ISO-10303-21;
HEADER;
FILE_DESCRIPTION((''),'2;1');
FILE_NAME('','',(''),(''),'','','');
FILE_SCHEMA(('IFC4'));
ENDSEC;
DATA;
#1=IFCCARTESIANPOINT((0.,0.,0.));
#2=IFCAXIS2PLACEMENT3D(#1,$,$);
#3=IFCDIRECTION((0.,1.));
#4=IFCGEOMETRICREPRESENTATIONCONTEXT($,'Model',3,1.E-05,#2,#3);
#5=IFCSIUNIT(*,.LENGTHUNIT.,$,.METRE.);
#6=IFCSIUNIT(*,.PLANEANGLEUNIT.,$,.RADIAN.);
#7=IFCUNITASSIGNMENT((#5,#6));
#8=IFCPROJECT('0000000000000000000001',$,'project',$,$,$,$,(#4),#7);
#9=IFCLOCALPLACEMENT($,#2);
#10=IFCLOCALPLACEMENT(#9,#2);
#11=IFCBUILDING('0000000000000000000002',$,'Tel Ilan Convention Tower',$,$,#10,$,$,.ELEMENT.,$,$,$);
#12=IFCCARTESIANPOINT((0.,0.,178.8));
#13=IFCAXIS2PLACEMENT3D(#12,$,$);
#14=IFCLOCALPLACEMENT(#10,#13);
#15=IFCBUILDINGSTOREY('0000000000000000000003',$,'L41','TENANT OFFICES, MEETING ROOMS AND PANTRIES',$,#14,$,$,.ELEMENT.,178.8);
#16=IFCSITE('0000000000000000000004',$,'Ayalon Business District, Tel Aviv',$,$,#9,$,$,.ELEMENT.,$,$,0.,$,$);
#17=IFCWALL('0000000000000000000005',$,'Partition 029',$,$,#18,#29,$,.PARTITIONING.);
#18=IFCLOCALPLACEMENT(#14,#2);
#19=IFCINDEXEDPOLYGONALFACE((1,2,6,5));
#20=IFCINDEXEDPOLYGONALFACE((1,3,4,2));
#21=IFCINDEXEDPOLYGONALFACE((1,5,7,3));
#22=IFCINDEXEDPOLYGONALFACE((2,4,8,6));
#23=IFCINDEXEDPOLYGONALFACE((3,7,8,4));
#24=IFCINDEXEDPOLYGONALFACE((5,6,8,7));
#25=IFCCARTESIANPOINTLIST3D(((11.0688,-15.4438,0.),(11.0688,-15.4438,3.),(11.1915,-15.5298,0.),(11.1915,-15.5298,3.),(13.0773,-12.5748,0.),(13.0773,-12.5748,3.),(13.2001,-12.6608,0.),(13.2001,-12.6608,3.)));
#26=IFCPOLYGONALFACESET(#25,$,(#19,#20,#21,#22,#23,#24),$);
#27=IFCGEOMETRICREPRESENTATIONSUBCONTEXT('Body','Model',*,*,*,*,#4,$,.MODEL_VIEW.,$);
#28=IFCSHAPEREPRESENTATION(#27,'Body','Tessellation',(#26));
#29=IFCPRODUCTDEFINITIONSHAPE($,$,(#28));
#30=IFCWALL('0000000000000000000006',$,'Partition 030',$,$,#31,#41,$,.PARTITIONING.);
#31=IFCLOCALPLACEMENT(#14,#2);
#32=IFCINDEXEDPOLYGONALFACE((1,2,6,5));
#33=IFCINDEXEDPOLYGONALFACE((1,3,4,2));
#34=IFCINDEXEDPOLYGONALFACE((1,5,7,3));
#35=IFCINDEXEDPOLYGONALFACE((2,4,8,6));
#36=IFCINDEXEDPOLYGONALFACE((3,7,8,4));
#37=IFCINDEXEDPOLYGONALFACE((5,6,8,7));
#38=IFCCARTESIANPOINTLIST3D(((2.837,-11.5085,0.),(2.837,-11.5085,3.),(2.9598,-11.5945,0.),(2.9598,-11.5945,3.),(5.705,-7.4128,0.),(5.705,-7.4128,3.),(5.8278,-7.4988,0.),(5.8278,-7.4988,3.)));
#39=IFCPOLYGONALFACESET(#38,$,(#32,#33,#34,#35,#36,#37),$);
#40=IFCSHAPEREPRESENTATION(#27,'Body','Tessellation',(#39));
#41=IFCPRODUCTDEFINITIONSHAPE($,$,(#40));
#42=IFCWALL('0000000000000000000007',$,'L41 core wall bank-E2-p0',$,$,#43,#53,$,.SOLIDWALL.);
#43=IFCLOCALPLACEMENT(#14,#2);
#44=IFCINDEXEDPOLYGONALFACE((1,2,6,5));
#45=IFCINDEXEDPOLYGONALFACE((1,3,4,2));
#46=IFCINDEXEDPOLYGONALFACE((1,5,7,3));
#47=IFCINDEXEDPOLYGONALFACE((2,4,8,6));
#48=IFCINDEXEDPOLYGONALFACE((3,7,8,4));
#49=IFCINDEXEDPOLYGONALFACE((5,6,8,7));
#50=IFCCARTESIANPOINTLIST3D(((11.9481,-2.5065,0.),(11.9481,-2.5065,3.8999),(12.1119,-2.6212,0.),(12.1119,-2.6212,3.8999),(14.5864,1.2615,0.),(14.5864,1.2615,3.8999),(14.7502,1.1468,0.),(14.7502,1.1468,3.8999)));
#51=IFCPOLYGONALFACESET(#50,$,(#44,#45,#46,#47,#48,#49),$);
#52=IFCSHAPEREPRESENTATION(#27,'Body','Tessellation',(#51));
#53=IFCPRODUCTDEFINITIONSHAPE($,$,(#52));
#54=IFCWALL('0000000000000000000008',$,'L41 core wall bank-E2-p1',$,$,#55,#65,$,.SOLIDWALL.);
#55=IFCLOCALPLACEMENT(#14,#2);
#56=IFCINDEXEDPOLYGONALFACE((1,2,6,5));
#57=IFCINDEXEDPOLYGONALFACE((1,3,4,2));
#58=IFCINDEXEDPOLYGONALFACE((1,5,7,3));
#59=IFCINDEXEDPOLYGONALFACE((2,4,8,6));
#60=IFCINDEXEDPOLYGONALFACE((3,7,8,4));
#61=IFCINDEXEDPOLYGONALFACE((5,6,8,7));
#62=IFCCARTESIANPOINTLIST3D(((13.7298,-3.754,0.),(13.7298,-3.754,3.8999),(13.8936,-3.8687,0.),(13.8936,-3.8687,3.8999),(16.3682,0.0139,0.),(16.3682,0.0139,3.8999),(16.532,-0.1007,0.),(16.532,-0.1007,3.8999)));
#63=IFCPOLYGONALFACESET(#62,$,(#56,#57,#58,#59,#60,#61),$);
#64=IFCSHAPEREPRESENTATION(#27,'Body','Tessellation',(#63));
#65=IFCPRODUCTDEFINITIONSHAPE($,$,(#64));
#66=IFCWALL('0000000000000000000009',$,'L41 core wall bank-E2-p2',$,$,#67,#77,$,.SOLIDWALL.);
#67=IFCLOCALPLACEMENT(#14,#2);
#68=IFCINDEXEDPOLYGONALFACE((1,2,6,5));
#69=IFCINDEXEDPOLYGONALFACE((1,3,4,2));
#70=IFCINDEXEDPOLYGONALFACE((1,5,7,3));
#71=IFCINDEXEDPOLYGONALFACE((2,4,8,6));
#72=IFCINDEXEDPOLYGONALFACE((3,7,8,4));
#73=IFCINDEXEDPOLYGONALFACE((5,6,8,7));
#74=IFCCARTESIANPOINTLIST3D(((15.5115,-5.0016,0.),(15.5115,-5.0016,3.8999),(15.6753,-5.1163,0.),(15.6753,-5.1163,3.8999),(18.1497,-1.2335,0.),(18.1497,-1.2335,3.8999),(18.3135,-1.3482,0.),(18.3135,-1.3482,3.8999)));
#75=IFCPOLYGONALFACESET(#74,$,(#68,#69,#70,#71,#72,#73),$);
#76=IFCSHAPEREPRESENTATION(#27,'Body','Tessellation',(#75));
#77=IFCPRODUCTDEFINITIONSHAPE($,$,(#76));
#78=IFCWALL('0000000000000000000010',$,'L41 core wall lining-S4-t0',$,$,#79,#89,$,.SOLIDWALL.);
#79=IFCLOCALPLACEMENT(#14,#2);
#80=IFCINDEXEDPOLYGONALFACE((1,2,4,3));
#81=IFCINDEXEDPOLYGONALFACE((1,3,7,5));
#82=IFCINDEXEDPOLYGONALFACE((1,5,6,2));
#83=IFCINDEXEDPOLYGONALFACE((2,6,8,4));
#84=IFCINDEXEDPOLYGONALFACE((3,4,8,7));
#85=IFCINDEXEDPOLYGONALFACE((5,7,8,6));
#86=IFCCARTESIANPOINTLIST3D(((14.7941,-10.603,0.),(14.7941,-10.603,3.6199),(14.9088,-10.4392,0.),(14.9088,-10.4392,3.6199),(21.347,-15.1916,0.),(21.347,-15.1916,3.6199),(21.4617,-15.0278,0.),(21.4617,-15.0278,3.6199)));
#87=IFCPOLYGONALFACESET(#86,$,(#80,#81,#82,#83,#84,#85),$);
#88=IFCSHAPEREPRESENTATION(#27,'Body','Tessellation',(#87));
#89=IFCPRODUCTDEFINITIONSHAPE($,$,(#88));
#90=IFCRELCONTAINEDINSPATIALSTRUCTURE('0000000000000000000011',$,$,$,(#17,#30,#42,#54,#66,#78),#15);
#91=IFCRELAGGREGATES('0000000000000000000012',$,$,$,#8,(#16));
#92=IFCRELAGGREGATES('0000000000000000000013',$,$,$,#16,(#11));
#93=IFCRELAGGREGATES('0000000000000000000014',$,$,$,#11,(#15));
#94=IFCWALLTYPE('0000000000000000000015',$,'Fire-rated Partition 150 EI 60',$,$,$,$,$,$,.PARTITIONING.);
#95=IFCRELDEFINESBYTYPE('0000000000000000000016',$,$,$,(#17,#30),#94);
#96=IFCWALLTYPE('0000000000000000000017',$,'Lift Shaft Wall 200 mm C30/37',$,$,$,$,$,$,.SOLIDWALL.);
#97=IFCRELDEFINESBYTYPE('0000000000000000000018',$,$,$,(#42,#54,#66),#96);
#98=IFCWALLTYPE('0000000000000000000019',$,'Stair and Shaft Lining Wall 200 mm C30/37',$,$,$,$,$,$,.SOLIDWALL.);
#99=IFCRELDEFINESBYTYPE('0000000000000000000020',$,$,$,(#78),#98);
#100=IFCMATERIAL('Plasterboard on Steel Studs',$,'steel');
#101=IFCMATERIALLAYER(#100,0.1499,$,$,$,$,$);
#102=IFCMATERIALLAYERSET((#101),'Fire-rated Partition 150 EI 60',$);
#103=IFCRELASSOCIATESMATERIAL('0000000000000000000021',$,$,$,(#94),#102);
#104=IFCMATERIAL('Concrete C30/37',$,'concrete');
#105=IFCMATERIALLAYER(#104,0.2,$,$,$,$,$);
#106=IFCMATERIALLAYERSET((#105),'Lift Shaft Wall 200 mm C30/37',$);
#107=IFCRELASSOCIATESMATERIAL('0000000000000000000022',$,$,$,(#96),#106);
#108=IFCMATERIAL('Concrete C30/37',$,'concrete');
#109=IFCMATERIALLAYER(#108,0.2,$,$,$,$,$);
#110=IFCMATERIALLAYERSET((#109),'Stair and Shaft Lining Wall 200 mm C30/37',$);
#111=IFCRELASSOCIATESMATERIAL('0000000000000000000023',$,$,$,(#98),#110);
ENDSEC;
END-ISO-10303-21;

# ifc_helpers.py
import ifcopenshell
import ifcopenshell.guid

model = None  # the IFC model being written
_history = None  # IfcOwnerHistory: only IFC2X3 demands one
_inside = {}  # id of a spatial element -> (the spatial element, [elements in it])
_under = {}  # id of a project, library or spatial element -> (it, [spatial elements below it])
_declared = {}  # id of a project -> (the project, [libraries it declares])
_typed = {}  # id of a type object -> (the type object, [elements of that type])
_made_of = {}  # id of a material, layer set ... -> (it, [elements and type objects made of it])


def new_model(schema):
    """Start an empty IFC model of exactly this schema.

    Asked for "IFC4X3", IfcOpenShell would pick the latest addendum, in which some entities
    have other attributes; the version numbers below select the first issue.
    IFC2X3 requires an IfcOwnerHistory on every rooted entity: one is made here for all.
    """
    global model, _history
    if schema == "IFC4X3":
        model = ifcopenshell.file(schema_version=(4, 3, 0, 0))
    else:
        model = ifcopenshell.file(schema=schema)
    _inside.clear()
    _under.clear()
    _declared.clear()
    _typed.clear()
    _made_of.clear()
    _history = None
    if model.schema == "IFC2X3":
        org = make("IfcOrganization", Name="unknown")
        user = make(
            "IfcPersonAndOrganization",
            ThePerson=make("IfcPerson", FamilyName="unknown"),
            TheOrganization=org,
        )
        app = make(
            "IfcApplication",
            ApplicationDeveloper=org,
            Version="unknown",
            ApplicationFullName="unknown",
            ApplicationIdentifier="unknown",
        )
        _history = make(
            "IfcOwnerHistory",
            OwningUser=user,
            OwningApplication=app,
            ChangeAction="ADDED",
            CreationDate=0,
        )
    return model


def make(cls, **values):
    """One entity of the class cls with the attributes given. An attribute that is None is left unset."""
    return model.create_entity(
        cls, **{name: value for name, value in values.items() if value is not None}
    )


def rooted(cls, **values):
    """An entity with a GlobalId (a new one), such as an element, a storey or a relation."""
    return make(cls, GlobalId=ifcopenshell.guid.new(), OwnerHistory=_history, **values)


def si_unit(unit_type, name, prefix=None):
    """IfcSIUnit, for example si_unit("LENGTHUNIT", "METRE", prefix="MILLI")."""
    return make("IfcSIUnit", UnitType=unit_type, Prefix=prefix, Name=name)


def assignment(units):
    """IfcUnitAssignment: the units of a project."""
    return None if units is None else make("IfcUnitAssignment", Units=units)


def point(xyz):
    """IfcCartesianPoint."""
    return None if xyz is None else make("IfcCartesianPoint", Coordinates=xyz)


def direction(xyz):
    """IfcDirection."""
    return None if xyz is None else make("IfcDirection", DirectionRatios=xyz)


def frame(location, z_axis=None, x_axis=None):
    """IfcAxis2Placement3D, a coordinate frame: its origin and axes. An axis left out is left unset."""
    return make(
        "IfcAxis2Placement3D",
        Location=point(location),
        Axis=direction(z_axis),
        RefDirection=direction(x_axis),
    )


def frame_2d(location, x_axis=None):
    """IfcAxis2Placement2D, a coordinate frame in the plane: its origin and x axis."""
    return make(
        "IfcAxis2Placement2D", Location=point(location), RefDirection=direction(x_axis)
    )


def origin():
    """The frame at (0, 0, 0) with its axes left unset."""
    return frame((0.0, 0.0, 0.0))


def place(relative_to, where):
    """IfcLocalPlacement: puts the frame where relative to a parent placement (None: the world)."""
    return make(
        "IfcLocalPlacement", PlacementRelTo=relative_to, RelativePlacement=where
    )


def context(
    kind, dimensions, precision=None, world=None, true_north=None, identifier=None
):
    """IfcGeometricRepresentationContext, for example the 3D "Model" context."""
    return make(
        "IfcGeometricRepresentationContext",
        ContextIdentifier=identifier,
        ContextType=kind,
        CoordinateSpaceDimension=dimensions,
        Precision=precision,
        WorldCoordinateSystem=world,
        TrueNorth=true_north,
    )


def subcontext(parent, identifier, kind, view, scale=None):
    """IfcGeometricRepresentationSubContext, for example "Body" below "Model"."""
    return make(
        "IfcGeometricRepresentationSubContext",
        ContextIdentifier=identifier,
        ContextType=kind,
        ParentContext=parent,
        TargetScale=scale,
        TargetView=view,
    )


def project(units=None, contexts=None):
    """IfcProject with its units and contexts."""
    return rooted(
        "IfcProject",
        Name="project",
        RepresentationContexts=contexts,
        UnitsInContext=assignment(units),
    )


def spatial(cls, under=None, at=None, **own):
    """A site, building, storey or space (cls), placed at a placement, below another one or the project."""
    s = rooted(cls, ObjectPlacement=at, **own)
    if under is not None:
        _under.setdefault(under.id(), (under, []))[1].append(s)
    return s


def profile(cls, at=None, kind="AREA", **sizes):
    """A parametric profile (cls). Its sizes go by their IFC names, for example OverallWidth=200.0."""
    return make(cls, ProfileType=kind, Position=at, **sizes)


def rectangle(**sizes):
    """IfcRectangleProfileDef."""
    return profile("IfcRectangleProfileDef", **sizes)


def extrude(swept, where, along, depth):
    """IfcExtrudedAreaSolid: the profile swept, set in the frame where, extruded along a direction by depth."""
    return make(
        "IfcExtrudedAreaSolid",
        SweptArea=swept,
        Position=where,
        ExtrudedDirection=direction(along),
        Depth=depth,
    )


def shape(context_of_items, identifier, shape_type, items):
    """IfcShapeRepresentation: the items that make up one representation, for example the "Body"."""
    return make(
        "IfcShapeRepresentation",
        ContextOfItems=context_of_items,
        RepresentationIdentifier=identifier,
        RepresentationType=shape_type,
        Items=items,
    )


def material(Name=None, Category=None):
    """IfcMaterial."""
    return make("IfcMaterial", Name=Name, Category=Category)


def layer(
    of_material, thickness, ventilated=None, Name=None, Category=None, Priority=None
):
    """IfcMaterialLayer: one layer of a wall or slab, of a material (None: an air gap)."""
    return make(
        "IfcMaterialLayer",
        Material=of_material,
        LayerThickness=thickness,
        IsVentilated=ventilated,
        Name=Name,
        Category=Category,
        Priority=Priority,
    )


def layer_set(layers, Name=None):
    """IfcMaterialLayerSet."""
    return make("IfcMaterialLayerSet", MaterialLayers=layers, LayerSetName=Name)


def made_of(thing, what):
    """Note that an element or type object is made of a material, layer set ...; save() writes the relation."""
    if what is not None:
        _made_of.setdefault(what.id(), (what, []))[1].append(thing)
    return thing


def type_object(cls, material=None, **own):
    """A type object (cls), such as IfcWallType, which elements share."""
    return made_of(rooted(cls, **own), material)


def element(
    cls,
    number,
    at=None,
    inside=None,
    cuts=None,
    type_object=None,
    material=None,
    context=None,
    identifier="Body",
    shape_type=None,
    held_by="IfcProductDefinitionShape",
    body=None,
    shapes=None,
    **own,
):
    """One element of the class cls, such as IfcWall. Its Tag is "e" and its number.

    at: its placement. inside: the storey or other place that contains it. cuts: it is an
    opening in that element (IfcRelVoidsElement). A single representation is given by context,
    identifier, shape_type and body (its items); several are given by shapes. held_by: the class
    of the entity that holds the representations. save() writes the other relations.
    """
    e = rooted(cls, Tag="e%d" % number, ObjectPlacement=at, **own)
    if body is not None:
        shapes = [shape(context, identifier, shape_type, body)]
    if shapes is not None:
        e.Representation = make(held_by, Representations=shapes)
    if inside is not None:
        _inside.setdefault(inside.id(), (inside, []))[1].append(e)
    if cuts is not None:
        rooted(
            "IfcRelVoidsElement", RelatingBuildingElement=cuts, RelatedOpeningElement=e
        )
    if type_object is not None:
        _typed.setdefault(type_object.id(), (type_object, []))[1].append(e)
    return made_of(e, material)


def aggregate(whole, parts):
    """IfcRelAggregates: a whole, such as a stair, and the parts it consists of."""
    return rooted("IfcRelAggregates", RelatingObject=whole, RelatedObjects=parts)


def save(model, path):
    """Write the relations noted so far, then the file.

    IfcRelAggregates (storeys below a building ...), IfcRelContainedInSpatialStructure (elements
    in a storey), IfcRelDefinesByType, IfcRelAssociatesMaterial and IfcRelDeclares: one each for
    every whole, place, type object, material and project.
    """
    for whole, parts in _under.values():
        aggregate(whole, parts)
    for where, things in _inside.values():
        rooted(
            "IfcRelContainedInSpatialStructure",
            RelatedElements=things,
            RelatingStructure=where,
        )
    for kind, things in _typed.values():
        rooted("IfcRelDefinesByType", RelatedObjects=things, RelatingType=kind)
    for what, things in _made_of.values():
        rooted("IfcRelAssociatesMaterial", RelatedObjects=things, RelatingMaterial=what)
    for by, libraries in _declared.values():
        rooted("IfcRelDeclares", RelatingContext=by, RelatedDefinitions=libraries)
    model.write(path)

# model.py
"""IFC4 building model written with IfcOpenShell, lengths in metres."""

from ifc_helpers import new_model, si_unit, direction, frame, frame_2d, origin, place, context, subcontext, project, spatial, rectangle, extrude, material, layer, layer_set, type_object, element, save


model = new_model("IFC4")

# Units and contexts
model_context = context("Model", 3, precision=1e-05, world=origin(), true_north=direction((0.0, 1.0)))
body_context = subcontext(model_context, "Body", "Model", "MODEL_VIEW")
ifc_project = project(units=[si_unit("LENGTHUNIT", "METRE"), si_unit("PLANEANGLEUNIT", "RADIAN")], contexts=[model_context])

# Site, building, storey
site_placement = place(None, origin())
site = spatial("IfcSite", under=ifc_project, at=site_placement, Name="Ayalon Business District, Tel Aviv", CompositionType="ELEMENT", RefElevation=0.0)
building_placement = place(site_placement, origin())
building = spatial("IfcBuilding", under=site, at=building_placement, Name="Tel Ilan Convention Tower", CompositionType="ELEMENT")
storey_placement = place(building_placement, frame((0.0, 0.0, 178.8)))
storey = spatial("IfcBuildingStorey", under=building, at=storey_placement, Name="L41", Description="TENANT OFFICES, MEETING ROOMS AND PANTRIES", CompositionType="ELEMENT", Elevation=178.8)

# Shared definitions
ifc_material_1 = material(Name="Plasterboard on Steel Studs", Category="steel")
ifc_layer_1 = layer(ifc_material_1, 0.1499)
ifc_layer_set_1 = layer_set([ifc_layer_1], Name="Fire-rated Partition 150 EI 60")
wall_type_1 = type_object("IfcWallType", Name="Fire-rated Partition 150 EI 60", PredefinedType="PARTITIONING", material=ifc_layer_set_1)

# Walls
wall_1_placement = place(storey_placement, frame((13.1387, -12.6179, 0.0), z_axis=(0.0, 0.0, 1.0), x_axis=(-0.573523, -0.819189, 0.0)))
element("IfcWall", 1, at=wall_1_placement, inside=storey, type_object=wall_type_1, Name="Partition 029", PredefinedType="PARTITIONING", context=body_context, shape_type="SweptSolid", body=[
    extrude(rectangle(XDim=3.5022, YDim=0.1499, at=frame_2d((1.751, 0.0))), origin(), (0.0, 0.0, 1.0), 3.0),
])
wall_2_placement = place(storey_placement, frame((2.8984, -11.5515, 0.0), z_axis=(0.0, 0.0, 1.0), x_axis=(0.573587, 0.819145, 0.0)))
element("IfcWall", 2, at=wall_2_placement, inside=storey, type_object=wall_type_1, Name="Partition 030", PredefinedType="PARTITIONING", context=body_context, shape_type="SweptSolid", body=[
    extrude(rectangle(XDim=5.0, YDim=0.1499, at=frame_2d((2.5, 0.0))), origin(), (0.0, 0.0, 1.0), 3.0),
])
ifc_material_2 = material(Name="Concrete C30/37", Category="concrete")
ifc_layer_2 = layer(ifc_material_2, 0.2)
ifc_layer_set_2 = layer_set([ifc_layer_2], Name="Lift Shaft Wall 200 mm C30/37")
wall_type_2 = type_object("IfcWallType", Name="Lift Shaft Wall 200 mm C30/37", PredefinedType="SOLIDWALL", material=ifc_layer_set_2)
for number, where, z_axis, x_axis, name in (
    (3, (12.03, -2.5637, 0.0), (0.0, 0.0, 1.0), (0.573576, 0.819152, 0.0), "L41 core wall bank-E2-p0"),
    (4, (13.8118, -3.8113, 0.0), (0.0, 0.0, 1.0), (0.573576, 0.819152, 0.0), "L41 core wall bank-E2-p1"),
    (5, (15.5935, -5.0588, 0.0), (0.0, 0.0, 1.0), (0.573541, 0.819177, 0.0), "L41 core wall bank-E2-p2"),
):
    element("IfcWall", number, at=place(storey_placement, frame(where, z_axis=z_axis, x_axis=x_axis)), inside=storey, type_object=wall_type_2, Name=name, PredefinedType="SOLIDWALL", context=body_context, shape_type="SweptSolid", body=[
        extrude(rectangle(XDim=4.5999, YDim=0.2, at=frame_2d((2.2998, 0.0))), origin(), (0.0, 0.0, 1.0), 3.8999),
    ])
ifc_material_3 = material(Name="Concrete C30/37", Category="concrete")
ifc_layer_3 = layer(ifc_material_3, 0.2)
ifc_layer_set_3 = layer_set([ifc_layer_3], Name="Stair and Shaft Lining Wall 200 mm C30/37")
wall_type_3 = type_object("IfcWallType", Name="Stair and Shaft Lining Wall 200 mm C30/37", PredefinedType="SOLIDWALL", material=ifc_layer_set_3)
wall_3_placement = place(storey_placement, frame((14.8513, -10.521, 0.0), z_axis=(0.0, 0.0, 1.0), x_axis=(0.819142, -0.573591, 0.0)))
element("IfcWall", 6, at=wall_3_placement, inside=storey, type_object=wall_type_3, Name="L41 core wall lining-S4-t0", PredefinedType="SOLIDWALL", context=body_context, shape_type="SweptSolid", body=[
    extrude(rectangle(XDim=7.9998, YDim=0.2, at=frame_2d((4.0, 0.0))), origin(), (0.0, 0.0, 1.0), 3.6199),
])

save(model, "model.ifc")
